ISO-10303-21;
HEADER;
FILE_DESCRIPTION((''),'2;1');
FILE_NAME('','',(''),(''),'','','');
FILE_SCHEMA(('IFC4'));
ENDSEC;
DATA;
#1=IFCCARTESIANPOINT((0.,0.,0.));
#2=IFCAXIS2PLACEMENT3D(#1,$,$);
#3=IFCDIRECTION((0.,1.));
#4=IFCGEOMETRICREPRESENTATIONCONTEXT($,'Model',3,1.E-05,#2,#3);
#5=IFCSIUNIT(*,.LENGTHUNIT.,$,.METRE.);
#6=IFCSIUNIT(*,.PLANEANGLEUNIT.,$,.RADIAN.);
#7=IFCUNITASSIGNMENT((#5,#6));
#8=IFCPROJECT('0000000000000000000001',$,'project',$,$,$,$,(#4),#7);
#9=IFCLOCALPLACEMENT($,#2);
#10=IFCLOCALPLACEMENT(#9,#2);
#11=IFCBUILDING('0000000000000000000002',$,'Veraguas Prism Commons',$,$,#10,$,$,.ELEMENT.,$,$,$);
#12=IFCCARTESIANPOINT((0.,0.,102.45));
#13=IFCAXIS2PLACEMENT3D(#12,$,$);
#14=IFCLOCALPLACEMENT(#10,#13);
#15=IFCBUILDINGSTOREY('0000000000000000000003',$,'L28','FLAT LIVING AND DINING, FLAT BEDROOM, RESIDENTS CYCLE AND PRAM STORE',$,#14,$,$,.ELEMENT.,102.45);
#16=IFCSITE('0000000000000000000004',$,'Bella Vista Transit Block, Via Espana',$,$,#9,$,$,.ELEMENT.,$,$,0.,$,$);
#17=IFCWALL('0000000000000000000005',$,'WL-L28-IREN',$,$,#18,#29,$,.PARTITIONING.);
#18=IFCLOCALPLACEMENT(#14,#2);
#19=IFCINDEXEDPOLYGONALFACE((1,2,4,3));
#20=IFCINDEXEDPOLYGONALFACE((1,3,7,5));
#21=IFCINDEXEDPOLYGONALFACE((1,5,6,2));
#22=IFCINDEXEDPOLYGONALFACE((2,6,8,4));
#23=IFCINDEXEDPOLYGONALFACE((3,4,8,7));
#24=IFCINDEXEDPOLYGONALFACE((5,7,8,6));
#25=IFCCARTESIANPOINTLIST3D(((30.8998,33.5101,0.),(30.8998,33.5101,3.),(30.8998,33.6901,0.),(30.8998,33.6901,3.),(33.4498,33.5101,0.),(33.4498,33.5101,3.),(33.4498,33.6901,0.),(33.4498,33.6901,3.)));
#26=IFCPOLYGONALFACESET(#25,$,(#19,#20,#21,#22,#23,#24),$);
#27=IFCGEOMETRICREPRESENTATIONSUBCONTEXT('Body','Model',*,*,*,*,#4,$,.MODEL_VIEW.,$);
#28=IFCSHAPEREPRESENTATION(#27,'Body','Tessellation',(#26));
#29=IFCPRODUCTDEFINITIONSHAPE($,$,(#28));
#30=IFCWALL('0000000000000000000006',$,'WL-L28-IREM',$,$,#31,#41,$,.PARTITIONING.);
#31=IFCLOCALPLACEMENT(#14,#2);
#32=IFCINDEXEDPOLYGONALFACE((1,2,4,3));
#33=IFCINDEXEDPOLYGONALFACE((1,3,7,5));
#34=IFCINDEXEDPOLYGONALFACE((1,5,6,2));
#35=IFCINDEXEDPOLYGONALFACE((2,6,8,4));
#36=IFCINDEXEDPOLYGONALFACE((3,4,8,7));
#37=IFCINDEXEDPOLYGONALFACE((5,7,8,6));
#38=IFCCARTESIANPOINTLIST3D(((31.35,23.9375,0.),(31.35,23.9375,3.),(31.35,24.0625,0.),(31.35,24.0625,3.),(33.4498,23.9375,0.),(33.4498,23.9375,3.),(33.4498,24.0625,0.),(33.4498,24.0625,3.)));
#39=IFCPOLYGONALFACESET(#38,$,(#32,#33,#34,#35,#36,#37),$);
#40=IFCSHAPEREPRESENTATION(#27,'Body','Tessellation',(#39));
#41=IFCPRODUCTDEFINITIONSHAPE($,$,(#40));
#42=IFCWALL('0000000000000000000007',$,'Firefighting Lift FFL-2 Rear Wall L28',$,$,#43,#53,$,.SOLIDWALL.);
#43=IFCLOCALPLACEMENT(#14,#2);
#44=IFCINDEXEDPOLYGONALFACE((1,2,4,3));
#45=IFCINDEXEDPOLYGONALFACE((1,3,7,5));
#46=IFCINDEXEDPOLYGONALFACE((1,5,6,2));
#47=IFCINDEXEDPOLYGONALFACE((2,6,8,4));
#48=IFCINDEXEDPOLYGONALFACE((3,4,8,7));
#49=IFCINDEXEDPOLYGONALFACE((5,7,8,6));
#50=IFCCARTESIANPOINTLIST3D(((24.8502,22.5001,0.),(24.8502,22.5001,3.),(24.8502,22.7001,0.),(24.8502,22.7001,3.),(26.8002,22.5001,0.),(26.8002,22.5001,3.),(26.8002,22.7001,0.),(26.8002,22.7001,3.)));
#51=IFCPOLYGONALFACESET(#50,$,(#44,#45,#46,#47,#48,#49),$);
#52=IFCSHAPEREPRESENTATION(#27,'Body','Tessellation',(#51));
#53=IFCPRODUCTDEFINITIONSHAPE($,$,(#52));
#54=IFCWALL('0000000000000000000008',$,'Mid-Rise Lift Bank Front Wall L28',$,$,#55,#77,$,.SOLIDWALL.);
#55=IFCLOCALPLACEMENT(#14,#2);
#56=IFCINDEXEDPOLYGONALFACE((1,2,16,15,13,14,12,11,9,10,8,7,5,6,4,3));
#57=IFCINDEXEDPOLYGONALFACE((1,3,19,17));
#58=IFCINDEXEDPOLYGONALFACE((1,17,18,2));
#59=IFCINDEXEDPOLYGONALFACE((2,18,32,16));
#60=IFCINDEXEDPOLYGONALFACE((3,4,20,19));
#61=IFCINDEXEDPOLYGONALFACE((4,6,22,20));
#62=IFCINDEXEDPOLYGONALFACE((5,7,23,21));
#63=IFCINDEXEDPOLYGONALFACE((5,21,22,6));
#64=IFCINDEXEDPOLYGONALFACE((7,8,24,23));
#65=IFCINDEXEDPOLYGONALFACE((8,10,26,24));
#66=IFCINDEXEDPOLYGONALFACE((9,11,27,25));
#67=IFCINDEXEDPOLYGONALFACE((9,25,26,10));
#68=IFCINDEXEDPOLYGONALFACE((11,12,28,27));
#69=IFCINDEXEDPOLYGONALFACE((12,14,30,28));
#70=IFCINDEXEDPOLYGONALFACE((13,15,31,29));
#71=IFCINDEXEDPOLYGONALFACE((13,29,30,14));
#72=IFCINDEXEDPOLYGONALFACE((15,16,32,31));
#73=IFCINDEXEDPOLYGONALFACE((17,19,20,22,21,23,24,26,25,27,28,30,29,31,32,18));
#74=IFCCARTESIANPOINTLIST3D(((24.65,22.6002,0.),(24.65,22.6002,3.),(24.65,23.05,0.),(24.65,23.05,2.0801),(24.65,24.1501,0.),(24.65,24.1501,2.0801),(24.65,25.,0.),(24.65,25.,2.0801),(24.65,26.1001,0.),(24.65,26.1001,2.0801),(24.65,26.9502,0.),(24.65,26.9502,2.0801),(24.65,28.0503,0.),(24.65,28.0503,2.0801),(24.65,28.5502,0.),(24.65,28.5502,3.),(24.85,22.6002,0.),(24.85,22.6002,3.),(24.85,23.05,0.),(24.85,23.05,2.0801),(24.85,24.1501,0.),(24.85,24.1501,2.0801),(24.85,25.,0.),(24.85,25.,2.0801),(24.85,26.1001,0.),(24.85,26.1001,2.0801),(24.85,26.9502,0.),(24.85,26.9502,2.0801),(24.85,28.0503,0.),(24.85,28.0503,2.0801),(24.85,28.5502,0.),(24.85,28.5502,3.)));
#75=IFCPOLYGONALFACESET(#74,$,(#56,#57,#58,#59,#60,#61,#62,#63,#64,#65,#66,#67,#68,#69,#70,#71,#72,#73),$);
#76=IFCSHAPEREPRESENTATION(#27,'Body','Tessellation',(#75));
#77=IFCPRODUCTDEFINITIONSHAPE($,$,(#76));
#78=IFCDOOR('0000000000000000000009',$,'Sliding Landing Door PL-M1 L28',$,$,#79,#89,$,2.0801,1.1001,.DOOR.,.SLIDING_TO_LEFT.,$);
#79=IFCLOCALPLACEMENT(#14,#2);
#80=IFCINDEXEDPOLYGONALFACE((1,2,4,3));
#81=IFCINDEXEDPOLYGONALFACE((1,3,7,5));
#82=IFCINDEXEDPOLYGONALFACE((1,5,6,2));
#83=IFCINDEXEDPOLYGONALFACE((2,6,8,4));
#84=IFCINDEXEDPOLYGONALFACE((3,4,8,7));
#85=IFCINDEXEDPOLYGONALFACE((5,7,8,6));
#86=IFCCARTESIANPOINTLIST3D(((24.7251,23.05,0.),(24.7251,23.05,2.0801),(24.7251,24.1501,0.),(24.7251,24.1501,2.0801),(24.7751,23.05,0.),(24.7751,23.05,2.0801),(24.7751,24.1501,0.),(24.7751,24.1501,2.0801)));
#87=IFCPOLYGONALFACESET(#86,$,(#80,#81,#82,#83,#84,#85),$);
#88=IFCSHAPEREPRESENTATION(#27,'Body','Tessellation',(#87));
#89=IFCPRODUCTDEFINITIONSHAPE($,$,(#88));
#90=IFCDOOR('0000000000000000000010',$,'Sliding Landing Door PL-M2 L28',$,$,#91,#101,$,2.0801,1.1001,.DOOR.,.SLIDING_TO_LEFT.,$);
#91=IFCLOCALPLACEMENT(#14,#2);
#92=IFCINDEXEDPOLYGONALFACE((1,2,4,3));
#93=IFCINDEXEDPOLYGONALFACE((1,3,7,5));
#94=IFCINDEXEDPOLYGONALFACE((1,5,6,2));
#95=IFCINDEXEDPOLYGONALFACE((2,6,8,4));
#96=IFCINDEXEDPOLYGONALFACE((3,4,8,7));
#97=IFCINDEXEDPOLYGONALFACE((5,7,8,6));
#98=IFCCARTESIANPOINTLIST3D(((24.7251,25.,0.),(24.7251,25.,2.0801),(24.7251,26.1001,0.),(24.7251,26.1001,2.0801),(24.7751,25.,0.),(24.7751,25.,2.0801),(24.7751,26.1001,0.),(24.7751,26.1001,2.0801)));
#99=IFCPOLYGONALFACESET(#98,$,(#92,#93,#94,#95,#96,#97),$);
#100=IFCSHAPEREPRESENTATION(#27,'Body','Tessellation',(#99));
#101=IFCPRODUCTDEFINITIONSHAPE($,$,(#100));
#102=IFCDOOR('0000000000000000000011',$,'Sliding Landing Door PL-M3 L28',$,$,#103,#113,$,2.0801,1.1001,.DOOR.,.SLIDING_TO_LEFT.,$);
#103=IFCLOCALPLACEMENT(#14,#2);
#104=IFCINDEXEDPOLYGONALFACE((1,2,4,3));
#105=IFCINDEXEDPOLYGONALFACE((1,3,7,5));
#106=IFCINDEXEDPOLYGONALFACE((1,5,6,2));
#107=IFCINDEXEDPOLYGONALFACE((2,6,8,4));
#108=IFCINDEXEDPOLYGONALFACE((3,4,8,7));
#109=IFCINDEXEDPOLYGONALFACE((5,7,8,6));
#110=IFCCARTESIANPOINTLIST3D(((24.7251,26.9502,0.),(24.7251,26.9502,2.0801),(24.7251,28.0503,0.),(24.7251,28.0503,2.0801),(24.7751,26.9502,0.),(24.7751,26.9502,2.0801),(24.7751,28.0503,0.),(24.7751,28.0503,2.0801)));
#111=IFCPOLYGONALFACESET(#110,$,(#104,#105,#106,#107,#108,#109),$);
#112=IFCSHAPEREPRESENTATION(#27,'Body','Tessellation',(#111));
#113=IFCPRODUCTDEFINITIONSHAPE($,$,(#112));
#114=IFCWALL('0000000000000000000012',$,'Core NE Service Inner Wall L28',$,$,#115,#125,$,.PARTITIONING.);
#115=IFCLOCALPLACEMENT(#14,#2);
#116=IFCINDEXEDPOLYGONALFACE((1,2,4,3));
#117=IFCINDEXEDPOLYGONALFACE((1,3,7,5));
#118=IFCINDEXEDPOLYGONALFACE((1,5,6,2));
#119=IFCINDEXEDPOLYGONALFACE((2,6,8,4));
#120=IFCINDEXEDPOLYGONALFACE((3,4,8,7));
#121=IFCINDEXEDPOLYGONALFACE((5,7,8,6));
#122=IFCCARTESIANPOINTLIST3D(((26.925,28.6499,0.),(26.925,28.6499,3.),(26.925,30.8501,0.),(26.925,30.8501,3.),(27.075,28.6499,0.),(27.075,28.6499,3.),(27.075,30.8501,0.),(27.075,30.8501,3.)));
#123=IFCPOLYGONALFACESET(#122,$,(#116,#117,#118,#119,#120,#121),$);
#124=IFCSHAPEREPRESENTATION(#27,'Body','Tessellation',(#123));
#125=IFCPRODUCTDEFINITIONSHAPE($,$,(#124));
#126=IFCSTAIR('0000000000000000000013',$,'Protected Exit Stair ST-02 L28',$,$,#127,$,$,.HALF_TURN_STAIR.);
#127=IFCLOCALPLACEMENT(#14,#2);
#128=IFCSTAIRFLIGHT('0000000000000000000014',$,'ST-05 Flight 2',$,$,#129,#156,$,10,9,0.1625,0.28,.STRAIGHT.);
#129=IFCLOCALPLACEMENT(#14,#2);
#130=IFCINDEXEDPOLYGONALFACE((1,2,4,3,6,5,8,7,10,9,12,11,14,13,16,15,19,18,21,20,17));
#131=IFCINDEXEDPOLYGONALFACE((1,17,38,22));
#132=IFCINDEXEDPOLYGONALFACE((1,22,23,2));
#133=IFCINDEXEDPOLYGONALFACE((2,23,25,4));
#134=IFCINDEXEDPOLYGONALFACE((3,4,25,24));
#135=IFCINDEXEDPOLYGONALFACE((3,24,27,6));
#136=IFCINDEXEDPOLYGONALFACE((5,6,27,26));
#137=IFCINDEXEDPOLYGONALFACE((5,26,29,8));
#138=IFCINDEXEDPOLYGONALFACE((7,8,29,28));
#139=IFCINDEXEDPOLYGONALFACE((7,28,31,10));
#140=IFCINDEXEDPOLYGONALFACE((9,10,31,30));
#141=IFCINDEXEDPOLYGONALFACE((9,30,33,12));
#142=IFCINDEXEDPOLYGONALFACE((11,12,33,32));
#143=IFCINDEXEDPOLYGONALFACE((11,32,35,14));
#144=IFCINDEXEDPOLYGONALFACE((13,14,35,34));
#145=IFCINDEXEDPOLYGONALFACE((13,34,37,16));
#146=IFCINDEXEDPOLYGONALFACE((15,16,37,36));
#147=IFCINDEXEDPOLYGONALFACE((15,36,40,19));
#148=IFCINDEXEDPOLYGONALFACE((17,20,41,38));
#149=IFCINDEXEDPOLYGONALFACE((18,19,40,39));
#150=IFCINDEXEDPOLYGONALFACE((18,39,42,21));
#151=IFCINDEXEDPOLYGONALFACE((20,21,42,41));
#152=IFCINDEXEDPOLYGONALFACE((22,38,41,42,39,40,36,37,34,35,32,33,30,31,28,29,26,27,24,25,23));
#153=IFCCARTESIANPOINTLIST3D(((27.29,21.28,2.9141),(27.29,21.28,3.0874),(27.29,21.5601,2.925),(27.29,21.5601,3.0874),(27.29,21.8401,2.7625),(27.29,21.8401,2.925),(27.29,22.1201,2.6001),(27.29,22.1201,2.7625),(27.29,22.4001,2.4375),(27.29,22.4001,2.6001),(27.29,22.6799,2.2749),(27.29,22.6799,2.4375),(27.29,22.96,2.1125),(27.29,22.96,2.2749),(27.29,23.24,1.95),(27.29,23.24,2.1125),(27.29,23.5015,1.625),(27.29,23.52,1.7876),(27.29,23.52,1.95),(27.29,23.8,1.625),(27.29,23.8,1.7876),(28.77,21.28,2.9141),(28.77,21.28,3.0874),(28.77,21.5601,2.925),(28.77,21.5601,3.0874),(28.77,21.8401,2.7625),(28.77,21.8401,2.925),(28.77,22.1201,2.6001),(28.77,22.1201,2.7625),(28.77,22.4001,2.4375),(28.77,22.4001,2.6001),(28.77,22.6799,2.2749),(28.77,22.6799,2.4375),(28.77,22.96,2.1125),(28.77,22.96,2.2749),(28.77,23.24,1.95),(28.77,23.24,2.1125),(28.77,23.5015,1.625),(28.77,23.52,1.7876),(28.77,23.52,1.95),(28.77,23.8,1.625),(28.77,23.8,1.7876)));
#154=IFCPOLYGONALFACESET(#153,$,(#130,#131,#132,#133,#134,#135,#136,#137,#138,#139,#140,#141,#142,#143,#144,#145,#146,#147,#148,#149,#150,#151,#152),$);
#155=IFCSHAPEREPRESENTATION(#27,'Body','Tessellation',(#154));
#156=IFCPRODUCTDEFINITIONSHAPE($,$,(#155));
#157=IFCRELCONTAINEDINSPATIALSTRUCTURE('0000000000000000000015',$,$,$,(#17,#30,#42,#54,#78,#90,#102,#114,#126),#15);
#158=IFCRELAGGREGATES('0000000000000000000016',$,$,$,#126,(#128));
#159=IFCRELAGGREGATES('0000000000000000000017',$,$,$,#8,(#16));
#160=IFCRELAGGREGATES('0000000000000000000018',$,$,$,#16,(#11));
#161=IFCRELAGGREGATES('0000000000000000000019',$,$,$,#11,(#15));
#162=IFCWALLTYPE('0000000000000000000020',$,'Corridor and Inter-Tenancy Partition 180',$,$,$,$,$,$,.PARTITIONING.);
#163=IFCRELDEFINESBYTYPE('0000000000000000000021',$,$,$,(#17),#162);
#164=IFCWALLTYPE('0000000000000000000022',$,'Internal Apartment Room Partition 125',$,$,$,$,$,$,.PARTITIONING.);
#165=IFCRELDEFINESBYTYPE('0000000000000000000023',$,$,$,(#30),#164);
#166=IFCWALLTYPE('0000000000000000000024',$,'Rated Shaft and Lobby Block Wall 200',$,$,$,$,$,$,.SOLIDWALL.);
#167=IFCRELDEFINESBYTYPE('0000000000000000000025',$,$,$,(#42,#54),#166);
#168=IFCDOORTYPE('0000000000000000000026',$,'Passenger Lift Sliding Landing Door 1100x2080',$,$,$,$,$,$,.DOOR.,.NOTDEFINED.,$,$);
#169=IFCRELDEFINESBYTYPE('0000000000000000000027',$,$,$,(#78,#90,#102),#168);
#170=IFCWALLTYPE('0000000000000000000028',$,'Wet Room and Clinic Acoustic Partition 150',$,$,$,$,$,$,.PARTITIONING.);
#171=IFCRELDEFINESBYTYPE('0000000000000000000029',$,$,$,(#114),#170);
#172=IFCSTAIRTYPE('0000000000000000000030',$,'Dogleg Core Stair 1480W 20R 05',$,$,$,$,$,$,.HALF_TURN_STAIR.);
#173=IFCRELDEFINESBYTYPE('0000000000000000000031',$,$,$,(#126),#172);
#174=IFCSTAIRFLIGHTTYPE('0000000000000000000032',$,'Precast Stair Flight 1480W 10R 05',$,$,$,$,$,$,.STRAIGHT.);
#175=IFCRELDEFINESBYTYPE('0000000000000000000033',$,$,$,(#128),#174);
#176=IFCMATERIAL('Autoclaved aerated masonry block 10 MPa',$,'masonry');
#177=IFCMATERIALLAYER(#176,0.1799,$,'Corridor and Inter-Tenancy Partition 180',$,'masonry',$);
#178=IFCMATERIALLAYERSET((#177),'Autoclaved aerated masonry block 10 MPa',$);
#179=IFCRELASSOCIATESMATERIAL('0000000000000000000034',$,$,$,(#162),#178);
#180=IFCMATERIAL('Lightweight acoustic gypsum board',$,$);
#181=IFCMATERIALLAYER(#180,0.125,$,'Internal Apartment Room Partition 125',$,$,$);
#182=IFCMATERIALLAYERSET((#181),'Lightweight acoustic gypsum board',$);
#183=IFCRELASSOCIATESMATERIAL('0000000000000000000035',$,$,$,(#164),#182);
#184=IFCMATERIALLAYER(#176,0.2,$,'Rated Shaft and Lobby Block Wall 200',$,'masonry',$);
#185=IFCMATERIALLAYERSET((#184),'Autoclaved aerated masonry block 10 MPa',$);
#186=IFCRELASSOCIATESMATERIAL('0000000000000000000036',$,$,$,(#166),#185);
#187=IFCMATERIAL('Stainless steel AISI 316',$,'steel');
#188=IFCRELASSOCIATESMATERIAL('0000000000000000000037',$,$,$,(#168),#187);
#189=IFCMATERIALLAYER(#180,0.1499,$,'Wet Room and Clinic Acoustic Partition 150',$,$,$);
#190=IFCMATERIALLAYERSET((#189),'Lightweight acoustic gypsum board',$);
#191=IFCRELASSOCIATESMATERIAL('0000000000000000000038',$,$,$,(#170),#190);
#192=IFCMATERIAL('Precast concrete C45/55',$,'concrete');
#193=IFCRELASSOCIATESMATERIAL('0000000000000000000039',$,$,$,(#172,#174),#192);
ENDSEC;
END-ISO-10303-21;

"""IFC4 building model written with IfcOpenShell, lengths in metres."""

from ifc_helpers import new_model, si_unit, direction, frame, frame_2d, origin, place, context, subcontext, project, spatial, polyline, rectangle, outline, extrude, source, transform, mapped, material, layer, layer_set, type_object, element, fill, aggregate, save


model = new_model("IFC4")

# Units and contexts
model_context = context("Model", 3, precision=1e-05, world=origin(), true_north=direction((0.0, 1.0)))
body_context = subcontext(model_context, "Body", "Model", "MODEL_VIEW")
ifc_project = project(units=[si_unit("LENGTHUNIT", "METRE"), si_unit("PLANEANGLEUNIT", "RADIAN")], contexts=[model_context])

# Site, building, storey
site_placement = place(None, origin())
site = spatial("IfcSite", under=ifc_project, at=site_placement, Name="Bella Vista Transit Block, Via Espana", CompositionType="ELEMENT", RefElevation=0.0)
building_placement = place(site_placement, origin())
building = spatial("IfcBuilding", under=site, at=building_placement, Name="Veraguas Prism Commons", CompositionType="ELEMENT")
storey_placement = place(building_placement, frame((0.0, 0.0, 102.45)))
storey = spatial("IfcBuildingStorey", under=building, at=storey_placement, Name="L28", Description="FLAT LIVING AND DINING, FLAT BEDROOM, RESIDENTS CYCLE AND PRAM STORE", CompositionType="ELEMENT", Elevation=102.45)

# Shared definitions
ifc_material_1 = material(Name="Autoclaved aerated masonry block 10 MPa", Category="masonry")
ifc_layer_1 = layer(ifc_material_1, 0.1799, Name="Corridor and Inter-Tenancy Partition 180", Category="masonry")
ifc_layer_set_1 = layer_set([ifc_layer_1], Name="Autoclaved aerated masonry block 10 MPa")
wall_type_1 = type_object("IfcWallType", Name="Corridor and Inter-Tenancy Partition 180", PredefinedType="PARTITIONING", material=ifc_layer_set_1)

# Walls
wall_1_placement = place(storey_placement, frame((30.8999, 33.6001, 0.0), z_axis=(0.0, 0.0, 1.0), x_axis=(1.0, 0.0, 0.0)))
element("IfcWall", 1, at=wall_1_placement, inside=storey, type_object=wall_type_1, Name="WL-L28-IREN", PredefinedType="PARTITIONING", context=body_context, shape_type="SweptSolid", body=[
    extrude(rectangle(XDim=2.55, YDim=0.1799, at=frame_2d((1.2749, 0.0))), origin(), (0.0, 0.0, 1.0), 3.0),
])
ifc_material_2 = material(Name="Lightweight acoustic gypsum board")
ifc_layer_2 = layer(ifc_material_2, 0.125, Name="Internal Apartment Room Partition 125")
ifc_layer_set_2 = layer_set([ifc_layer_2], Name="Lightweight acoustic gypsum board")
wall_type_2 = type_object("IfcWallType", Name="Internal Apartment Room Partition 125", PredefinedType="PARTITIONING", material=ifc_layer_set_2)
wall_2_placement = place(storey_placement, frame((31.3501, 24.0, 0.0), z_axis=(0.0, 0.0, 1.0), x_axis=(1.0, 0.0, 0.0)))
element("IfcWall", 2, at=wall_2_placement, inside=storey, type_object=wall_type_2, Name="WL-L28-IREM", PredefinedType="PARTITIONING", context=body_context, shape_type="SweptSolid", body=[
    extrude(rectangle(XDim=2.0999, YDim=0.125, at=frame_2d((1.0498, 0.0))), origin(), (0.0, 0.0, 1.0), 3.0),
])
ifc_layer_3 = layer(ifc_material_1, 0.2, Name="Rated Shaft and Lobby Block Wall 200", Category="masonry")
ifc_layer_set_3 = layer_set([ifc_layer_3], Name="Autoclaved aerated masonry block 10 MPa")
wall_type_3 = type_object("IfcWallType", Name="Rated Shaft and Lobby Block Wall 200", PredefinedType="SOLIDWALL", material=ifc_layer_set_3)
wall_3_placement = place(storey_placement, frame((24.8501, 22.6001, 0.0), z_axis=(0.0, 0.0, 1.0), x_axis=(1.0, 0.0, 0.0)))
element("IfcWall", 3, at=wall_3_placement, inside=storey, type_object=wall_type_3, Name="Firefighting Lift FFL-2 Rear Wall L28", PredefinedType="SOLIDWALL", context=body_context, shape_type="SweptSolid", body=[
    extrude(rectangle(XDim=1.95, YDim=0.2, at=frame_2d((0.9751, 0.0))), origin(), (0.0, 0.0, 1.0), 3.0),
])

# Wall, openings, doors
wall_4_placement = place(storey_placement, frame((24.75, 22.6001, 0.0), z_axis=(0.0, 0.0, 1.0), x_axis=(0.0, 1.0, 0.0)))
wall_4 = element("IfcWall", 4, at=wall_4_placement, inside=storey, type_object=wall_type_3, Name="Mid-Rise Lift Bank Front Wall L28", PredefinedType="SOLIDWALL", context=body_context, shape_type="SweptSolid", body=[
    extrude(rectangle(XDim=5.95, YDim=0.2, at=frame_2d((2.9751, 0.0))), origin(), (0.0, 0.0, 1.0), 3.0),
])
opening_1_placement = place(wall_4_placement, frame((0.45, 0.0, 0.0)))
opening_1 = element("IfcOpeningElement", 5, at=opening_1_placement, cuts=wall_4, PredefinedType="OPENING", context=body_context, shape_type="SweptSolid", body=[
    extrude(rectangle(XDim=1.1001, YDim=2.0801, at=frame_2d((0.55, 1.04))), frame((0.0, 0.1099, 0.0), z_axis=(0.0, -1.0, 0.0), x_axis=(1.0, 0.0, 0.0)), (0.0, 0.0, 1.0), 0.22),
])
opening_2_placement = place(wall_4_placement, frame((2.3999, 0.0, 0.0)))
opening_2 = element("IfcOpeningElement", 6, at=opening_2_placement, cuts=wall_4, PredefinedType="OPENING", context=body_context, shape_type="SweptSolid", body=[
    extrude(rectangle(XDim=1.1001, YDim=2.0801, at=frame_2d((0.55, 1.04))), frame((0.0, 0.1099, 0.0), z_axis=(0.0, -1.0, 0.0), x_axis=(1.0, 0.0, 0.0)), (0.0, 0.0, 1.0), 0.22),
])
opening_3_placement = place(wall_4_placement, frame((4.3501, 0.0, 0.0)))
opening_3 = element("IfcOpeningElement", 7, at=opening_3_placement, cuts=wall_4, PredefinedType="OPENING", context=body_context, shape_type="SweptSolid", body=[
    extrude(rectangle(XDim=1.1001, YDim=2.0801, at=frame_2d((0.55, 1.04))), frame((0.0, 0.1099, 0.0), z_axis=(0.0, -1.0, 0.0), x_axis=(1.0, 0.0, 0.0)), (0.0, 0.0, 1.0), 0.22),
])
ifc_material_3 = material(Name="Stainless steel AISI 316", Category="steel")
door_type_1 = type_object("IfcDoorType", Name="Passenger Lift Sliding Landing Door 1100x2080", OperationType="NOTDEFINED", PredefinedType="DOOR", material=ifc_material_3)
shared_shape_1 = source(origin(), body_context, "Body", "SweptSolid", [
    extrude(rectangle(XDim=1.1001, YDim=2.0801, at=frame_2d((0.55, 1.04))), frame((0.0, 0.0249, 0.0), z_axis=(0.0, -1.0, 0.0), x_axis=(1.0, 0.0, 0.0)), (0.0, 0.0, 1.0), 0.05),
])
door_1_placement = place(opening_1_placement, origin())
door_1 = element("IfcDoor", 8, at=door_1_placement, inside=storey, type_object=door_type_1, Name="Sliding Landing Door PL-M1 L28", OperationType="SLIDING_TO_LEFT", OverallHeight=2.0801, OverallWidth=1.1001, PredefinedType="DOOR", context=body_context, shape_type="MappedRepresentation", body=[
    mapped(shared_shape_1, transform((0.0, 0.0, 0.0), scale=1.0)),
])
fill(opening_1, door_1)
door_2_placement = place(opening_2_placement, origin())
door_2 = element("IfcDoor", 9, at=door_2_placement, inside=storey, type_object=door_type_1, Name="Sliding Landing Door PL-M2 L28", OperationType="SLIDING_TO_LEFT", OverallHeight=2.0801, OverallWidth=1.1001, PredefinedType="DOOR", context=body_context, shape_type="MappedRepresentation", body=[
    mapped(shared_shape_1, transform((0.0, 0.0, 0.0), scale=1.0)),
])
fill(opening_2, door_2)
door_3_placement = place(opening_3_placement, origin())
door_3 = element("IfcDoor", 10, at=door_3_placement, inside=storey, type_object=door_type_1, Name="Sliding Landing Door PL-M3 L28", OperationType="SLIDING_TO_LEFT", OverallHeight=2.0801, OverallWidth=1.1001, PredefinedType="DOOR", context=body_context, shape_type="MappedRepresentation", body=[
    mapped(shared_shape_1, transform((0.0, 0.0, 0.0), scale=1.0)),
])
fill(opening_3, door_3)

# Wall
ifc_layer_4 = layer(ifc_material_2, 0.1499, Name="Wet Room and Clinic Acoustic Partition 150")
ifc_layer_set_4 = layer_set([ifc_layer_4], Name="Lightweight acoustic gypsum board")
wall_type_4 = type_object("IfcWallType", Name="Wet Room and Clinic Acoustic Partition 150", PredefinedType="PARTITIONING", material=ifc_layer_set_4)
wall_5_placement = place(storey_placement, frame((27.0, 28.6499, 0.0), z_axis=(0.0, 0.0, 1.0), x_axis=(0.0, 1.0, 0.0)))
element("IfcWall", 11, at=wall_5_placement, inside=storey, type_object=wall_type_4, Name="Core NE Service Inner Wall L28", PredefinedType="PARTITIONING", context=body_context, shape_type="SweptSolid", body=[
    extrude(rectangle(XDim=2.2002, YDim=0.1499, at=frame_2d((1.1001, 0.0))), origin(), (0.0, 0.0, 1.0), 3.0),
])

# Stair, stair flight
ifc_material_4 = material(Name="Precast concrete C45/55", Category="concrete")
stair_type = type_object("IfcStairType", Name="Dogleg Core Stair 1480W 20R 05", PredefinedType="HALF_TURN_STAIR", material=ifc_material_4)
stair_placement = place(storey_placement, origin())
stair = element("IfcStair", 12, at=stair_placement, inside=storey, type_object=stair_type, Name="Protected Exit Stair ST-02 L28", PredefinedType="HALF_TURN_STAIR")
stair_flight_type = type_object("IfcStairFlightType", Name="Precast Stair Flight 1480W 10R 05", PredefinedType="STRAIGHT", material=ifc_material_4)
stair_flight_placement = place(storey_placement, frame((28.03, 23.8, 1.625), z_axis=(0.0, 0.0, 1.0), x_axis=(0.0, -1.0, 0.0)))
stair_flight = element("IfcStairFlight", 13, at=stair_flight_placement, type_object=stair_flight_type, Name="ST-05 Flight 2", NumberOfRisers=10, NumberOfTreads=9, PredefinedType="STRAIGHT", RiserHeight=0.1625, TreadLength=0.28, context=body_context, shape_type="SweptSolid", body=[
    extrude(outline(polyline([(0.0, 0.0), (0.0, 0.1626), (0.28, 0.1626), (0.28, 0.325), (0.5601, 0.325), (0.5601, 0.4875), (0.8401, 0.4875), (0.8401, 0.6499), (1.1201, 0.6499), (1.1201, 0.8125), (1.3999, 0.8125), (1.3999, 0.9751), (1.6799, 0.9751), (1.6799, 1.1375), (1.96, 1.1375), (1.96, 1.3), (2.24, 1.3), (2.24, 1.4624), (2.52, 1.4624), (2.52, 1.625), (2.52, 1.2891), (0.2986, 0.0), (0.0, 0.0)])), frame((0.0, 0.74, 0.0), z_axis=(0.0, -1.0, 0.0), x_axis=(1.0, 0.0, 0.0)), (0.0, 0.0, 1.0), 1.48),
])
aggregate(stair, [stair_flight])

save(model, "model.ifc")
